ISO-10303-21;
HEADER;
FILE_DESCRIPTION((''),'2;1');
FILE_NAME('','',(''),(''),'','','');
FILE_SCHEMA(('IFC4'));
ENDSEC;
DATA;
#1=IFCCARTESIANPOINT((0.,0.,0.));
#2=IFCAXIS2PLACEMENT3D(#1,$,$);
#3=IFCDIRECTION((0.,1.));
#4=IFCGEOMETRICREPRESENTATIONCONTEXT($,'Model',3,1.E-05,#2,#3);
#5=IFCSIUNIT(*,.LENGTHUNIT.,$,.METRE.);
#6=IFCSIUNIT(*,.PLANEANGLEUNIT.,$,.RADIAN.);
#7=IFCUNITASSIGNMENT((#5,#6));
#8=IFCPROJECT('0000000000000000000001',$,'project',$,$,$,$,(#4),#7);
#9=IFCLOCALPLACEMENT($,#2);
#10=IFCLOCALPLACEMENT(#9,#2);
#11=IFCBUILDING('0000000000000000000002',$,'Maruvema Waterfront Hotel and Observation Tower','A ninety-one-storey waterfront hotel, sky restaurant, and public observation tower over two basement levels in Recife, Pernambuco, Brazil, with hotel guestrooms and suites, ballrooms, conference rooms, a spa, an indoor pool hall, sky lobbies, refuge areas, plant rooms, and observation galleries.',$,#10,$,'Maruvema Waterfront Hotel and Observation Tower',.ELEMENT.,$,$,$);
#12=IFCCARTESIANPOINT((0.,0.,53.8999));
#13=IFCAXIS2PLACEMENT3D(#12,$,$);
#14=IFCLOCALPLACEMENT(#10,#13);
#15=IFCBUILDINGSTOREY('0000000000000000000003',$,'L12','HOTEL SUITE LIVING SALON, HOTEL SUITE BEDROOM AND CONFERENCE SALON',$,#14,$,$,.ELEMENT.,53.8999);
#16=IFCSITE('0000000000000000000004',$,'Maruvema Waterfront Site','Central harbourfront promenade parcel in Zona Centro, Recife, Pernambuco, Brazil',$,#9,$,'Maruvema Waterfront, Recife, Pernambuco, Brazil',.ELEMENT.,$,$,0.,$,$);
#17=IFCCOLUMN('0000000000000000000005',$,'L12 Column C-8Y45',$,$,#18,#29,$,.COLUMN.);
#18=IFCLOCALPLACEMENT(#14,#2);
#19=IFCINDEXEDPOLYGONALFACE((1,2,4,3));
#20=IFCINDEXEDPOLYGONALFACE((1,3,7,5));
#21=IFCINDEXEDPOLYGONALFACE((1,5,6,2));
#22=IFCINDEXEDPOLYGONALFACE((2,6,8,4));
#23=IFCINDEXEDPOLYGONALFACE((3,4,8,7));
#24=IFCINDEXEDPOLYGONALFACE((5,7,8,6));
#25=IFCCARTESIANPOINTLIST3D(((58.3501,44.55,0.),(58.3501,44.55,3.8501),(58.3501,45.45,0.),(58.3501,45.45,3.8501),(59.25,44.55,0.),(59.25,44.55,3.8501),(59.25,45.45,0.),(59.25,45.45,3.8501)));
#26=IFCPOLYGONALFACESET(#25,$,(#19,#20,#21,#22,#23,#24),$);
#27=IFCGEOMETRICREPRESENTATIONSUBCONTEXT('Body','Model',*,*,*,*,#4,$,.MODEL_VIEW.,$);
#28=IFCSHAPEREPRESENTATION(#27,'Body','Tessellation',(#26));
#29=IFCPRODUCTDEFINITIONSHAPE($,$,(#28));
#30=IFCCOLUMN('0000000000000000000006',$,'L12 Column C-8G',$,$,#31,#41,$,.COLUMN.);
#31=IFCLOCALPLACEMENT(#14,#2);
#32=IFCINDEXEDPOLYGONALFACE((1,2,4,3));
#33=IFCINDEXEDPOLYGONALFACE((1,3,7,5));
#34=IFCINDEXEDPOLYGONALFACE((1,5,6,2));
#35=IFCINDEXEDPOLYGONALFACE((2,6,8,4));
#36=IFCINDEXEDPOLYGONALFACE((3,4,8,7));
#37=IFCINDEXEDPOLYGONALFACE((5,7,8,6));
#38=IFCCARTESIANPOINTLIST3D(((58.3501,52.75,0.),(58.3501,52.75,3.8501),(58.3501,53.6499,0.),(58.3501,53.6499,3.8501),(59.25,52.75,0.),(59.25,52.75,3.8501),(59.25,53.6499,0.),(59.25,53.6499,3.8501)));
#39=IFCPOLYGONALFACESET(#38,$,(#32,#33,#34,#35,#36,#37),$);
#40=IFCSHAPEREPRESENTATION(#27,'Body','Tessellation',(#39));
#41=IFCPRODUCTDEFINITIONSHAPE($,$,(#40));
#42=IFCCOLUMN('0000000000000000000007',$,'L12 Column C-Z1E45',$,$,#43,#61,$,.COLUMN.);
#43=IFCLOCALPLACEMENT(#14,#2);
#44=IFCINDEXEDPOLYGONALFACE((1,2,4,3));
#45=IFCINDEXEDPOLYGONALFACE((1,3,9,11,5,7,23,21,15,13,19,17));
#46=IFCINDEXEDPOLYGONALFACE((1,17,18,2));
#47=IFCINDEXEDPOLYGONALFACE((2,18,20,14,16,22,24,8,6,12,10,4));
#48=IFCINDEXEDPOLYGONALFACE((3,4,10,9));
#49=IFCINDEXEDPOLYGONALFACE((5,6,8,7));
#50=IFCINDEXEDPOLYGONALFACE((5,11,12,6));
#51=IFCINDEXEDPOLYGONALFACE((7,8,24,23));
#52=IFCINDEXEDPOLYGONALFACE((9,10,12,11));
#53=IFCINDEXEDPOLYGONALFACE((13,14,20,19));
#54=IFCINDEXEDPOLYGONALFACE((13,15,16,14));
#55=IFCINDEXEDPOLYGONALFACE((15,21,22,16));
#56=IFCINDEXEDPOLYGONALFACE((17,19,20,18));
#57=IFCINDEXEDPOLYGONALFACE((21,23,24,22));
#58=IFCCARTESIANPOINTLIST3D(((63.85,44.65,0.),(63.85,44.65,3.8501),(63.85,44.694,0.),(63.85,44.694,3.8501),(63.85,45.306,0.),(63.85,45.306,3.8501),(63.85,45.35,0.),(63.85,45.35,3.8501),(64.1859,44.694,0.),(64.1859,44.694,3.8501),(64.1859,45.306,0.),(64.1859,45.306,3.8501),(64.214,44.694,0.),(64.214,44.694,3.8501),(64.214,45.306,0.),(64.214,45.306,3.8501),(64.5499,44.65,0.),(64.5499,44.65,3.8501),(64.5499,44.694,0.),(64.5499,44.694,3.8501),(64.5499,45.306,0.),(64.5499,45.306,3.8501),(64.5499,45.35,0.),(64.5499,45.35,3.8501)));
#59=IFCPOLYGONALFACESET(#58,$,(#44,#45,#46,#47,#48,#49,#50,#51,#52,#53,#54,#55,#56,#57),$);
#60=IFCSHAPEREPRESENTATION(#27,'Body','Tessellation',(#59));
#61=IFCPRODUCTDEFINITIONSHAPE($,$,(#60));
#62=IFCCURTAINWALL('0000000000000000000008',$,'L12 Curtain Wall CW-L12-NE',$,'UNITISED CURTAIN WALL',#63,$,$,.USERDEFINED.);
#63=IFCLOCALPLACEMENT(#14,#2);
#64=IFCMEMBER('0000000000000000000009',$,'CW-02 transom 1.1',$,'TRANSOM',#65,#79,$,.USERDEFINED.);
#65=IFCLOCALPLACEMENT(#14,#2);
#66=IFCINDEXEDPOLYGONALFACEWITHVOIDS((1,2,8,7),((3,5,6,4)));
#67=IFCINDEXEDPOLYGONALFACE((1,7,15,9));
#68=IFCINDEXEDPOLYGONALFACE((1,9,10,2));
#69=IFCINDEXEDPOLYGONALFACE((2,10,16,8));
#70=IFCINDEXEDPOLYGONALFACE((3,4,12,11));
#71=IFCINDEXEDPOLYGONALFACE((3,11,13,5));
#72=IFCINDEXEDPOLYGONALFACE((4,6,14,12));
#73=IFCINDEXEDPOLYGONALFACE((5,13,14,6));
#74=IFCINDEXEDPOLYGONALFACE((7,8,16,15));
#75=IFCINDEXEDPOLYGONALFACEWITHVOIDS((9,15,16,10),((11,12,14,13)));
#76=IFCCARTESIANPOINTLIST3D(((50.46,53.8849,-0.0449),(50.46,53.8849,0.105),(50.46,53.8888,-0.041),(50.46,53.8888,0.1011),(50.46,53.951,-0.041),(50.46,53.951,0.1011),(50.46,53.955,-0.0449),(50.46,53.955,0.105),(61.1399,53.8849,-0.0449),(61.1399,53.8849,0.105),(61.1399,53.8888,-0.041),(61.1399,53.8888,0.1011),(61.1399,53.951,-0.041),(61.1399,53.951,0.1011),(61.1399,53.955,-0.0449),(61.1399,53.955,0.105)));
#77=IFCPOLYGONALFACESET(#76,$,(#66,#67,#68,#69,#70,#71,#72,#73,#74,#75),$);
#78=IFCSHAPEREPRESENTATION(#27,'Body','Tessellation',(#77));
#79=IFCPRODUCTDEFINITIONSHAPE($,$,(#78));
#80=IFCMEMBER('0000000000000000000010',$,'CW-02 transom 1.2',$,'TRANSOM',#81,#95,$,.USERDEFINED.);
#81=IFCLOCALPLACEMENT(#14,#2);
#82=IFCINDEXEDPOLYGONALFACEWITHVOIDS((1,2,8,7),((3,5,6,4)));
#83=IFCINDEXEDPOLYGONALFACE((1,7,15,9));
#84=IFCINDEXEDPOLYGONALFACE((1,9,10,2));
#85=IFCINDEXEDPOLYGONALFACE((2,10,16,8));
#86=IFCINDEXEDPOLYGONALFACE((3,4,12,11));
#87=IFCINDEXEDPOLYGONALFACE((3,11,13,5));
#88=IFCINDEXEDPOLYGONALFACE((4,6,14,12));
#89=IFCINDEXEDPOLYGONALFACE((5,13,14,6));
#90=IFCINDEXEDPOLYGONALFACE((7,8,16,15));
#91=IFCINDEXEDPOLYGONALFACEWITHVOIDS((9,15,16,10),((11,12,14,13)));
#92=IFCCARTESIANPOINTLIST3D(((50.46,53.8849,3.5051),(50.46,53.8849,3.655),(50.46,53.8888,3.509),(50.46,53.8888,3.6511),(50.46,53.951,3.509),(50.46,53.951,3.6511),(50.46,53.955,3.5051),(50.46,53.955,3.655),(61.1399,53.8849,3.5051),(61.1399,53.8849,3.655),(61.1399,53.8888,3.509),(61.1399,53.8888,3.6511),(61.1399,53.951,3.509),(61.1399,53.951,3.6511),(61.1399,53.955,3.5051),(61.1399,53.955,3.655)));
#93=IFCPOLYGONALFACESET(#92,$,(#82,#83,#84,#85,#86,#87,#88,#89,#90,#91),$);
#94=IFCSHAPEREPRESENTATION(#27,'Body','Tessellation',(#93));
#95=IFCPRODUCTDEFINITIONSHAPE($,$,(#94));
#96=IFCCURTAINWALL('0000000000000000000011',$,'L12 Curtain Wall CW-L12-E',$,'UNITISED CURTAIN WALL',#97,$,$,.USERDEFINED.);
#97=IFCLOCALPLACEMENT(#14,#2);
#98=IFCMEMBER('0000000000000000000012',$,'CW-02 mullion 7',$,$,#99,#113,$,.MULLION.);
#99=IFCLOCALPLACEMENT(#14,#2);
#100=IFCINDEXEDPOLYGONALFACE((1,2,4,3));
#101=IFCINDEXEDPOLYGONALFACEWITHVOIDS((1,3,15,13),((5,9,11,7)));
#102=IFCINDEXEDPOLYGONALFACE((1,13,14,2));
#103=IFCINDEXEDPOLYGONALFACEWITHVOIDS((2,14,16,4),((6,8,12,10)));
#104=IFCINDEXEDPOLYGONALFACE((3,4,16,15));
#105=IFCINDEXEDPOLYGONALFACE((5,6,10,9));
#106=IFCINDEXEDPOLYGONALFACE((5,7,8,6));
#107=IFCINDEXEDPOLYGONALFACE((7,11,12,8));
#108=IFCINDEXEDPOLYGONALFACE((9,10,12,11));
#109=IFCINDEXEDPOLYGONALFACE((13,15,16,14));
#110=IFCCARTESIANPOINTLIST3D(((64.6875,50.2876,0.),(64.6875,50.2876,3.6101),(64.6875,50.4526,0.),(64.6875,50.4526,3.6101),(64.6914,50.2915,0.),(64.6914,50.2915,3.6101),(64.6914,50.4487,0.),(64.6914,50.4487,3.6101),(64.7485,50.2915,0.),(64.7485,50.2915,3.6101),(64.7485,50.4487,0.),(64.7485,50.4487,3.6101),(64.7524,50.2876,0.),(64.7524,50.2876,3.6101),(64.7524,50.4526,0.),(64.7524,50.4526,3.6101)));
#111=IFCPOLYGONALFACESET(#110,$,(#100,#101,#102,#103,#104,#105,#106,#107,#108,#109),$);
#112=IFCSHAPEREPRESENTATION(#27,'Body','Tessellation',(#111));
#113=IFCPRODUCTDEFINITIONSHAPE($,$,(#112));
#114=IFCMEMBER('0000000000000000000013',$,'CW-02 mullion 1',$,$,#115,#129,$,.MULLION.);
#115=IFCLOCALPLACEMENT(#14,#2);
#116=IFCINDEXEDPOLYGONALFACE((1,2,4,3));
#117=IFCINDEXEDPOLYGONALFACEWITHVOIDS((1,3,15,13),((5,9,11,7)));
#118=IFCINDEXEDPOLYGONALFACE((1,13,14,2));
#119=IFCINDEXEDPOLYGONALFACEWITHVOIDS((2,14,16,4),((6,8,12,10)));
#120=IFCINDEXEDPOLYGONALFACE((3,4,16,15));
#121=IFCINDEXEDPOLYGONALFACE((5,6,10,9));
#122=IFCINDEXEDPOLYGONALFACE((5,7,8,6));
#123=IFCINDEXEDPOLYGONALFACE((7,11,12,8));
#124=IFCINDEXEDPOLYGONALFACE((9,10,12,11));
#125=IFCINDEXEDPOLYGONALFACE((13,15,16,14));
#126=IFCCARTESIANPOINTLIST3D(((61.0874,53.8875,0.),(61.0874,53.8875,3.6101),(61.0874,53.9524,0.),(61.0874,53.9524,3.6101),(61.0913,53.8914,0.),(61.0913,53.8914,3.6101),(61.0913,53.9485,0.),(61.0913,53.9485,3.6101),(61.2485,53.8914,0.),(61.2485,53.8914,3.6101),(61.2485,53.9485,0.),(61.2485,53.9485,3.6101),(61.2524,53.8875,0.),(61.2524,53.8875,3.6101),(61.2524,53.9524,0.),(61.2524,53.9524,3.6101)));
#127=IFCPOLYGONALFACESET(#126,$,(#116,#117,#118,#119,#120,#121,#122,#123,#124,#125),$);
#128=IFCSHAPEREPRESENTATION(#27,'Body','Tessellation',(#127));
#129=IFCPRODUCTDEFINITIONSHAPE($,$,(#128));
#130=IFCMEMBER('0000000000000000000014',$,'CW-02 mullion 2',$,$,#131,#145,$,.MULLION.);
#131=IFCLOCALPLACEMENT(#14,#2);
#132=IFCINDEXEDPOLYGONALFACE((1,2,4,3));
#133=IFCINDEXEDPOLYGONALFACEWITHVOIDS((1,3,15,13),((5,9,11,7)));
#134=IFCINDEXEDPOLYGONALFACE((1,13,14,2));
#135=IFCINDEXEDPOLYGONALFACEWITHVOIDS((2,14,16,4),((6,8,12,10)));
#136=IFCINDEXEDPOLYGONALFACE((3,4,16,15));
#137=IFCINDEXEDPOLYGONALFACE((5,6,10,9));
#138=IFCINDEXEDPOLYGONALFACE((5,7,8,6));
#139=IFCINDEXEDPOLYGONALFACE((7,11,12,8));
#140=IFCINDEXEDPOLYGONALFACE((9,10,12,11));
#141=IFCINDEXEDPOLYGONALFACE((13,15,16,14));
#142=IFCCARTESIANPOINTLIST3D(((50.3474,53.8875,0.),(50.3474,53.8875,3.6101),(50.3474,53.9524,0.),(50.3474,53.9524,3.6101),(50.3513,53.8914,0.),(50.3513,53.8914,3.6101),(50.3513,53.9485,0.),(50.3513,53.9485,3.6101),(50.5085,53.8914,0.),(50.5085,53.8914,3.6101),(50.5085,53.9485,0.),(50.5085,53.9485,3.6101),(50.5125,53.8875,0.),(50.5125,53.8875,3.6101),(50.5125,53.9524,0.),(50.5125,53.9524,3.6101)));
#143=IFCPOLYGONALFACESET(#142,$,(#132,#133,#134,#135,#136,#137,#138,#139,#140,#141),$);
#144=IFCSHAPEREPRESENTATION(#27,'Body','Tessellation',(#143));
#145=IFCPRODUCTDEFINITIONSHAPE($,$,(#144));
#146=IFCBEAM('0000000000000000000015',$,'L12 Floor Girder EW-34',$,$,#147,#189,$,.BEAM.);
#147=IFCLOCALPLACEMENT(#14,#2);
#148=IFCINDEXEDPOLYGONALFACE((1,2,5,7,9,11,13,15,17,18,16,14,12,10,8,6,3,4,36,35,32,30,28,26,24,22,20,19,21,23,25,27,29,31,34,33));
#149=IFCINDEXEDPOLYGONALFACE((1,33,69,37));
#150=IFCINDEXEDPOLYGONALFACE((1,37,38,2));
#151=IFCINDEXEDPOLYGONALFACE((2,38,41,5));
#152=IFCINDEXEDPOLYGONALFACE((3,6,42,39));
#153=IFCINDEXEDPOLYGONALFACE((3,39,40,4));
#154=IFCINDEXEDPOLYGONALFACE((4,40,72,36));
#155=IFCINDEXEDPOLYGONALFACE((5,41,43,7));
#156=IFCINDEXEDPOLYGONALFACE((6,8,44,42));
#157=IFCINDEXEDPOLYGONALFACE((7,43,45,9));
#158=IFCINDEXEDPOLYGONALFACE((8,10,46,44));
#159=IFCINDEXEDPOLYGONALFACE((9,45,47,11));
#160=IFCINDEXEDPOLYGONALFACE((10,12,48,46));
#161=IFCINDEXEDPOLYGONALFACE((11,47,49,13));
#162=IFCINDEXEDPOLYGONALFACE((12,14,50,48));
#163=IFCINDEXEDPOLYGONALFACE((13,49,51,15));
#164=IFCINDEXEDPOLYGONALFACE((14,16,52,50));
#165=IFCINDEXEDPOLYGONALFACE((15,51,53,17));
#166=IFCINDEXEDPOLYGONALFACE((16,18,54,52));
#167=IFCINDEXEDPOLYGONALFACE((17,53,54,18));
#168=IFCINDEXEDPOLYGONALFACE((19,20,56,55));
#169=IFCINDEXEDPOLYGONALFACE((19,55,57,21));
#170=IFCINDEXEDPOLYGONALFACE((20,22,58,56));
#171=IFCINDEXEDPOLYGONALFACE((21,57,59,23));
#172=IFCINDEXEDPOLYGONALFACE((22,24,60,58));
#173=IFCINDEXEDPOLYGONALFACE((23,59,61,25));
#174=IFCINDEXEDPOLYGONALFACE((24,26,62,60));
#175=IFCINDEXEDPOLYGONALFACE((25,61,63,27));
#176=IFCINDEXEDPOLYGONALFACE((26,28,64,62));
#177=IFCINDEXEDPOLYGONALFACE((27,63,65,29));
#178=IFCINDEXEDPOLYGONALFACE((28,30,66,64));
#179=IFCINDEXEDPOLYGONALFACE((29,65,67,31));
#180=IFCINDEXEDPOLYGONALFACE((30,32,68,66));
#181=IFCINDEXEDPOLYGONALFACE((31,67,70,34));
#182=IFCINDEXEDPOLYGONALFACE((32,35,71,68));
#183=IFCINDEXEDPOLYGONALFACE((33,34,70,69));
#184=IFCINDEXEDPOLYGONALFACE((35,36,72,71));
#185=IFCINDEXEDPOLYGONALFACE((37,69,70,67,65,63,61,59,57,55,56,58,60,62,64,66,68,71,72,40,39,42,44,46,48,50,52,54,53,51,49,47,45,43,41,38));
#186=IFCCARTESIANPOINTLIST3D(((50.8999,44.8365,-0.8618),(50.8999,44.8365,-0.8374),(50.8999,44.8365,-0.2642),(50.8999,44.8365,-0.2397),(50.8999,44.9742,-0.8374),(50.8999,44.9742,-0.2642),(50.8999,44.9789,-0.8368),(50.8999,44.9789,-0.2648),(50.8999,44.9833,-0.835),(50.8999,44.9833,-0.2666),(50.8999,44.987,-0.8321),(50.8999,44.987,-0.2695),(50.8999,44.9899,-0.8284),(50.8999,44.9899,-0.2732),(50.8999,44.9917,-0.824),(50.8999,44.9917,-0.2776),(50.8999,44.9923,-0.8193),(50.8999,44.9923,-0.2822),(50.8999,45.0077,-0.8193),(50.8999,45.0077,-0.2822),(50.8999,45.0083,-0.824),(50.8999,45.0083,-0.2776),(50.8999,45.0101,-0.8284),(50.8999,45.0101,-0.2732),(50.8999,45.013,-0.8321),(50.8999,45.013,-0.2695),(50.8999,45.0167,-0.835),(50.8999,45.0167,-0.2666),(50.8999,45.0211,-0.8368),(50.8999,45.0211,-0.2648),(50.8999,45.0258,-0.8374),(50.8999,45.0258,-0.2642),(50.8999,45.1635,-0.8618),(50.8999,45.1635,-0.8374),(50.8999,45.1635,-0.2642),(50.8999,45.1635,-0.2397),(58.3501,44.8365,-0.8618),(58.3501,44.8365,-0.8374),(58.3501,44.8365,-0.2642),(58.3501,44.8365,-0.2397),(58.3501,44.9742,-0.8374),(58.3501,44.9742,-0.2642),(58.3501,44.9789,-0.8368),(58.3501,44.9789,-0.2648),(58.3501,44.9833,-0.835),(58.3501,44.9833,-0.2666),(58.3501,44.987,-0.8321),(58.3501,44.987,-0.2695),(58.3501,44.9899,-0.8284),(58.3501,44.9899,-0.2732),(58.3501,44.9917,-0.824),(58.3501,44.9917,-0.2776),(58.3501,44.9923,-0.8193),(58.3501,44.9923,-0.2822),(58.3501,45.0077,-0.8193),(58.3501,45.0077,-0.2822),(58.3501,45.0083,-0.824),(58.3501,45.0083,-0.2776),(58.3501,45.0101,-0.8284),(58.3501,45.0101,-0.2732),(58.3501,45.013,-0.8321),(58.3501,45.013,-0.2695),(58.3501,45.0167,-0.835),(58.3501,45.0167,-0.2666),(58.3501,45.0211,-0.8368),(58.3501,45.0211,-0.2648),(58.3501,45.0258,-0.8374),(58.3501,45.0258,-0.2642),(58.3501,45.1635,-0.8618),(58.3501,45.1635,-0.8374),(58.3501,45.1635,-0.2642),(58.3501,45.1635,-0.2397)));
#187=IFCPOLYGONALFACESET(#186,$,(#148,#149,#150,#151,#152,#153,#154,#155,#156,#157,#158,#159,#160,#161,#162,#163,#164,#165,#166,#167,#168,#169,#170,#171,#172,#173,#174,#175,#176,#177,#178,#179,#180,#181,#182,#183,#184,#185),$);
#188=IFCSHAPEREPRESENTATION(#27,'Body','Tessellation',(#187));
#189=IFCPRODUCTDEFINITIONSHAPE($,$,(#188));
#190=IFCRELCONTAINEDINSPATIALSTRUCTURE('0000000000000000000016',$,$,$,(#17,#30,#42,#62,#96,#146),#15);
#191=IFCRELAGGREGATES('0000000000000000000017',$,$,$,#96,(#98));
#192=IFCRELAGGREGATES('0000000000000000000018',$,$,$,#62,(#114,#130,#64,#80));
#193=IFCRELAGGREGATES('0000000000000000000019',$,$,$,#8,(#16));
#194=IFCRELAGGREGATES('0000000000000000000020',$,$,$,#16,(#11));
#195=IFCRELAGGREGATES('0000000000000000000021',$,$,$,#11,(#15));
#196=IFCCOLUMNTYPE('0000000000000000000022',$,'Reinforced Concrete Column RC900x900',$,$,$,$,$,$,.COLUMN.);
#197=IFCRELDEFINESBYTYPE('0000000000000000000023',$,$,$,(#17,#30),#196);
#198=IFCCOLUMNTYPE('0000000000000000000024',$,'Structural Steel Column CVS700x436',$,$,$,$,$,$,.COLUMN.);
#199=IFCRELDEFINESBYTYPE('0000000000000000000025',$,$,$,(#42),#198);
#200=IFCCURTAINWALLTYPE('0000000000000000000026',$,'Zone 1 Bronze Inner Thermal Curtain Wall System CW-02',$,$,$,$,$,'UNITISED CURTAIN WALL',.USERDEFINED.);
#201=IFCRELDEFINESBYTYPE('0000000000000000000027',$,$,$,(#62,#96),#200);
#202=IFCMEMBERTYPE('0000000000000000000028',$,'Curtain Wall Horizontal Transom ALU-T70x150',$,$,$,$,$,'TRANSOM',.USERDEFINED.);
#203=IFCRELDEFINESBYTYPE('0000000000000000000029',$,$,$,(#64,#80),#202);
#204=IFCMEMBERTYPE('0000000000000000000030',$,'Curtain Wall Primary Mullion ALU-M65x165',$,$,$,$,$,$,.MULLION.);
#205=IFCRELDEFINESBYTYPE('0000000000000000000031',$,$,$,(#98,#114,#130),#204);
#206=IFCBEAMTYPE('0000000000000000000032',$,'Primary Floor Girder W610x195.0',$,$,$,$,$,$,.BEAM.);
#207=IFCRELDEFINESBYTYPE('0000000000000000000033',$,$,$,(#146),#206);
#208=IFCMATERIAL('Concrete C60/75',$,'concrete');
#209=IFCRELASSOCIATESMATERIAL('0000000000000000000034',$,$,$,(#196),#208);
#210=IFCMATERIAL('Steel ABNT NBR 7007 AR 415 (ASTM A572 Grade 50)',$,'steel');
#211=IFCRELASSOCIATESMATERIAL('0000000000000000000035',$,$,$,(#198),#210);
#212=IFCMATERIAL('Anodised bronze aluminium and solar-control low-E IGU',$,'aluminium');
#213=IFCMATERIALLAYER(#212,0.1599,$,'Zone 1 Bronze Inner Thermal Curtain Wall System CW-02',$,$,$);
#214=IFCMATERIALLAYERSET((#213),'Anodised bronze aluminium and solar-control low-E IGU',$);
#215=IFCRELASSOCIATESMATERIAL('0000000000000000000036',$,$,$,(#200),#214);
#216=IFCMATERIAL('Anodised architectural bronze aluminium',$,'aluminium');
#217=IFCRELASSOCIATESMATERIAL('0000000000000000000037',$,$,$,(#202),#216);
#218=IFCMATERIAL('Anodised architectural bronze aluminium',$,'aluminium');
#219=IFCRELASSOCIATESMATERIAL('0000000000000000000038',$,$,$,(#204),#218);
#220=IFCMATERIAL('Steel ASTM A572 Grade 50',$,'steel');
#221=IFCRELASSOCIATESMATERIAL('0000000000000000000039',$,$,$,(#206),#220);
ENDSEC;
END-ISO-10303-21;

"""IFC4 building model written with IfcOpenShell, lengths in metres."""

from ifc_helpers import new_model, si_unit, direction, frame, origin, origin_2d, place, context, subcontext, project, spatial, rectangle, hollow_rectangle, i_section, extrude, material, layer, layer_set, material_profile, profile_set, type_object, element, aggregate, save


model = new_model("IFC4")

# Units and contexts
model_context = context("Model", 3, precision=1e-05, world=origin(), true_north=direction((0.0, 1.0)))
body_context = subcontext(model_context, "Body", "Model", "MODEL_VIEW")
ifc_project = project(units=[si_unit("LENGTHUNIT", "METRE"), si_unit("PLANEANGLEUNIT", "RADIAN")], contexts=[model_context])

# Site, building, storey
site_placement = place(None, origin())
site = spatial("IfcSite", under=ifc_project, at=site_placement, Name="Maruvema Waterfront Site", Description="Central harbourfront promenade parcel in Zona Centro, Recife, Pernambuco, Brazil", LongName="Maruvema Waterfront, Recife, Pernambuco, Brazil", CompositionType="ELEMENT", RefElevation=0.0)
building_placement = place(site_placement, origin())
building = spatial("IfcBuilding", under=site, at=building_placement, Name="Maruvema Waterfront Hotel and Observation Tower", Description="A ninety-one-storey waterfront hotel, sky restaurant, and public observation tower over two basement levels in Recife, Pernambuco, Brazil, with hotel guestrooms and suites, ballrooms, conference rooms, a spa, an indoor pool hall, sky lobbies, refuge areas, plant rooms, and observation galleries.", LongName="Maruvema Waterfront Hotel and Observation Tower", CompositionType="ELEMENT")
storey_placement = place(building_placement, frame((0.0, 0.0, 53.8999)))
storey = spatial("IfcBuildingStorey", under=building, at=storey_placement, Name="L12", Description="HOTEL SUITE LIVING SALON, HOTEL SUITE BEDROOM AND CONFERENCE SALON", CompositionType="ELEMENT", Elevation=53.8999)

# Columns
ifc_material_1 = material(Name="Concrete C60/75", Category="concrete")
ifc_material_profile_1 = material_profile(ifc_material_1, rectangle(XDim=0.8999, YDim=0.8999, at=origin_2d()), Name="RC900x900")
ifc_profile_set_1 = profile_set([ifc_material_profile_1], Name="Concrete C60/75")
column_type_1 = type_object("IfcColumnType", Name="Reinforced Concrete Column RC900x900", PredefinedType="COLUMN", material=ifc_profile_set_1)
for number, where, z_axis, x_axis, name in (
    (1, (58.8, 45.0, 0.0), (0.0, 0.0, 1.0), (1.0, 0.0, 0.0), "L12 Column C-8Y45"),
    (2, (58.8, 53.2, 0.0), (0.0, 0.0, 1.0), (1.0, 0.0, 0.0), "L12 Column C-8G"),
):
    element("IfcColumn", number, at=place(storey_placement, frame(where, z_axis=z_axis, x_axis=x_axis)), inside=storey, type_object=column_type_1, Name=name, PredefinedType="COLUMN", context=body_context, shape_type="SweptSolid", body=[
        extrude(rectangle(XDim=0.8999, YDim=0.8999, at=origin_2d()), origin(), (0.0, 0.0, 1.0), 3.8501),
    ])
ifc_material_2 = material(Name="Steel ABNT NBR 7007 AR 415 (ASTM A572 Grade 50)", Category="steel")
ifc_material_profile_2 = material_profile(ifc_material_2, i_section(OverallWidth=0.7, OverallDepth=0.7, WebThickness=0.0281, FlangeThickness=0.0439, at=origin_2d()), Name="CVS700x436")
ifc_profile_set_2 = profile_set([ifc_material_profile_2], Name="Steel ABNT NBR 7007 AR 415 (ASTM A572 Grade 50)")
column_type_2 = type_object("IfcColumnType", Name="Structural Steel Column CVS700x436", PredefinedType="COLUMN", material=ifc_profile_set_2)
column_placement = place(storey_placement, frame((64.2, 45.0, 0.0), z_axis=(0.0, 0.0, 1.0), x_axis=(1.0, 0.0, 0.0)))
element("IfcColumn", 3, at=column_placement, inside=storey, type_object=column_type_2, Name="L12 Column C-Z1E45", PredefinedType="COLUMN", context=body_context, shape_type="SweptSolid", body=[
    extrude(i_section(OverallWidth=0.7, OverallDepth=0.7, WebThickness=0.0281, FlangeThickness=0.0439, at=origin_2d()), origin(), (0.0, 0.0, 1.0), 3.8501),
])

# Curtain wall, members
ifc_material_3 = material(Name="Anodised bronze aluminium and solar-control low-E IGU", Category="aluminium")
ifc_layer_1 = layer(ifc_material_3, 0.1599, Name="Zone 1 Bronze Inner Thermal Curtain Wall System CW-02")
ifc_layer_set_1 = layer_set([ifc_layer_1], Name="Anodised bronze aluminium and solar-control low-E IGU")
curtain_wall_type = type_object("IfcCurtainWallType", Name="Zone 1 Bronze Inner Thermal Curtain Wall System CW-02", ElementType="UNITISED CURTAIN WALL", PredefinedType="USERDEFINED", material=ifc_layer_set_1)
curtain_wall_1_placement = place(storey_placement, origin())
curtain_wall_1 = element("IfcCurtainWall", 4, at=curtain_wall_1_placement, inside=storey, type_object=curtain_wall_type, Name="L12 Curtain Wall CW-L12-NE", ObjectType="UNITISED CURTAIN WALL", PredefinedType="USERDEFINED")
ifc_material_4 = material(Name="Anodised architectural bronze aluminium", Category="aluminium")
ifc_material_profile_3 = material_profile(ifc_material_4, hollow_rectangle(XDim=0.0701, YDim=0.1499, WallThickness=0.0039, at=origin_2d()), Name="ALU-T70x150")
ifc_profile_set_3 = profile_set([ifc_material_profile_3], Name="Anodised architectural bronze aluminium")
member_type_1 = type_object("IfcMemberType", Name="Curtain Wall Horizontal Transom ALU-T70x150", ElementType="TRANSOM", PredefinedType="USERDEFINED", material=ifc_profile_set_3)
member_1_placement = place(storey_placement, frame((61.1399, 53.9199, 0.03), z_axis=(-1.0, 0.0, 0.0), x_axis=(0.0, -1.0, 0.0)))
member_1 = element("IfcMember", 5, at=member_1_placement, type_object=member_type_1, Name="CW-02 transom 1.1", ObjectType="TRANSOM", PredefinedType="USERDEFINED", context=body_context, shape_type="SweptSolid", body=[
    extrude(hollow_rectangle(XDim=0.0701, YDim=0.1499, WallThickness=0.0039, at=origin_2d()), origin(), (0.0, 0.0, 1.0), 10.6799),
])
member_2_placement = place(storey_placement, frame((61.1399, 53.9199, 3.5801), z_axis=(-1.0, 0.0, 0.0), x_axis=(0.0, -1.0, 0.0)))
member_2 = element("IfcMember", 6, at=member_2_placement, type_object=member_type_1, Name="CW-02 transom 1.2", ObjectType="TRANSOM", PredefinedType="USERDEFINED", context=body_context, shape_type="SweptSolid", body=[
    extrude(hollow_rectangle(XDim=0.0701, YDim=0.1499, WallThickness=0.0039, at=origin_2d()), origin(), (0.0, 0.0, 1.0), 10.6799),
])

# Curtain wall, member
curtain_wall_2_placement = place(storey_placement, origin())
curtain_wall_2 = element("IfcCurtainWall", 7, at=curtain_wall_2_placement, inside=storey, type_object=curtain_wall_type, Name="L12 Curtain Wall CW-L12-E", ObjectType="UNITISED CURTAIN WALL", PredefinedType="USERDEFINED")
ifc_material_5 = material(Name="Anodised architectural bronze aluminium", Category="aluminium")
ifc_material_profile_4 = material_profile(ifc_material_5, hollow_rectangle(XDim=0.0649, YDim=0.165, WallThickness=0.0039, at=origin_2d()), Name="ALU-M65x165")
ifc_profile_set_4 = profile_set([ifc_material_profile_4], Name="Anodised architectural bronze aluminium")
member_type_2 = type_object("IfcMemberType", Name="Curtain Wall Primary Mullion ALU-M65x165", PredefinedType="MULLION", material=ifc_profile_set_4)
member_3_placement = place(storey_placement, frame((64.72, 50.3701, 0.0), z_axis=(0.0, 0.0, 1.0), x_axis=(-1.0, 0.0, 0.0)))
member_3 = element("IfcMember", 8, at=member_3_placement, type_object=member_type_2, Name="CW-02 mullion 7", PredefinedType="MULLION", context=body_context, shape_type="SweptSolid", body=[
    extrude(hollow_rectangle(XDim=0.0649, YDim=0.165, WallThickness=0.0039, at=origin_2d()), origin(), (0.0, 0.0, 1.0), 3.6101),
])

# Members
member_4_placement = place(storey_placement, frame((61.1699, 53.9199, 0.0), z_axis=(0.0, 0.0, 1.0), x_axis=(0.0, -1.0, 0.0)))
member_4 = element("IfcMember", 9, at=member_4_placement, type_object=member_type_2, Name="CW-02 mullion 1", PredefinedType="MULLION", context=body_context, shape_type="SweptSolid", body=[
    extrude(hollow_rectangle(XDim=0.0649, YDim=0.165, WallThickness=0.0039, at=origin_2d()), origin(), (0.0, 0.0, 1.0), 3.6101),
])
member_5_placement = place(storey_placement, frame((50.4299, 53.9199, 0.0), z_axis=(0.0, 0.0, 1.0), x_axis=(0.0, -1.0, 0.0)))
member_5 = element("IfcMember", 10, at=member_5_placement, type_object=member_type_2, Name="CW-02 mullion 2", PredefinedType="MULLION", context=body_context, shape_type="SweptSolid", body=[
    extrude(hollow_rectangle(XDim=0.0649, YDim=0.165, WallThickness=0.0039, at=origin_2d()), origin(), (0.0, 0.0, 1.0), 3.6101),
])

# Beam
ifc_material_6 = material(Name="Steel ASTM A572 Grade 50", Category="steel")
ifc_material_profile_5 = material_profile(ifc_material_6, i_section(OverallWidth=0.3269, OverallDepth=0.6221, WebThickness=0.0154, FlangeThickness=0.0244, FilletRadius=0.0181, at=origin_2d()), Name="W610x195.0")
ifc_profile_set_5 = profile_set([ifc_material_profile_5], Name="Steel ASTM A572 Grade 50")
beam_type = type_object("IfcBeamType", Name="Primary Floor Girder W610x195.0", PredefinedType="BEAM", material=ifc_profile_set_5)
beam_1_placement = place(storey_placement, frame((50.8999, 45.0, -0.5508), z_axis=(1.0, 0.0, 0.0), x_axis=(0.0, 1.0, 0.0)))
element("IfcBeam", 11, at=beam_1_placement, inside=storey, type_object=beam_type, Name="L12 Floor Girder EW-34", PredefinedType="BEAM", context=body_context, shape_type="SweptSolid", body=[
    extrude(i_section(OverallWidth=0.3269, OverallDepth=0.6221, WebThickness=0.0154, FlangeThickness=0.0244, FilletRadius=0.0181, at=origin_2d()), origin(), (0.0, 0.0, 1.0), 7.4502),
])

aggregate(curtain_wall_2, [member_3])
aggregate(curtain_wall_1, [member_4, member_5, member_1, member_2])

save(model, "model.ifc")
